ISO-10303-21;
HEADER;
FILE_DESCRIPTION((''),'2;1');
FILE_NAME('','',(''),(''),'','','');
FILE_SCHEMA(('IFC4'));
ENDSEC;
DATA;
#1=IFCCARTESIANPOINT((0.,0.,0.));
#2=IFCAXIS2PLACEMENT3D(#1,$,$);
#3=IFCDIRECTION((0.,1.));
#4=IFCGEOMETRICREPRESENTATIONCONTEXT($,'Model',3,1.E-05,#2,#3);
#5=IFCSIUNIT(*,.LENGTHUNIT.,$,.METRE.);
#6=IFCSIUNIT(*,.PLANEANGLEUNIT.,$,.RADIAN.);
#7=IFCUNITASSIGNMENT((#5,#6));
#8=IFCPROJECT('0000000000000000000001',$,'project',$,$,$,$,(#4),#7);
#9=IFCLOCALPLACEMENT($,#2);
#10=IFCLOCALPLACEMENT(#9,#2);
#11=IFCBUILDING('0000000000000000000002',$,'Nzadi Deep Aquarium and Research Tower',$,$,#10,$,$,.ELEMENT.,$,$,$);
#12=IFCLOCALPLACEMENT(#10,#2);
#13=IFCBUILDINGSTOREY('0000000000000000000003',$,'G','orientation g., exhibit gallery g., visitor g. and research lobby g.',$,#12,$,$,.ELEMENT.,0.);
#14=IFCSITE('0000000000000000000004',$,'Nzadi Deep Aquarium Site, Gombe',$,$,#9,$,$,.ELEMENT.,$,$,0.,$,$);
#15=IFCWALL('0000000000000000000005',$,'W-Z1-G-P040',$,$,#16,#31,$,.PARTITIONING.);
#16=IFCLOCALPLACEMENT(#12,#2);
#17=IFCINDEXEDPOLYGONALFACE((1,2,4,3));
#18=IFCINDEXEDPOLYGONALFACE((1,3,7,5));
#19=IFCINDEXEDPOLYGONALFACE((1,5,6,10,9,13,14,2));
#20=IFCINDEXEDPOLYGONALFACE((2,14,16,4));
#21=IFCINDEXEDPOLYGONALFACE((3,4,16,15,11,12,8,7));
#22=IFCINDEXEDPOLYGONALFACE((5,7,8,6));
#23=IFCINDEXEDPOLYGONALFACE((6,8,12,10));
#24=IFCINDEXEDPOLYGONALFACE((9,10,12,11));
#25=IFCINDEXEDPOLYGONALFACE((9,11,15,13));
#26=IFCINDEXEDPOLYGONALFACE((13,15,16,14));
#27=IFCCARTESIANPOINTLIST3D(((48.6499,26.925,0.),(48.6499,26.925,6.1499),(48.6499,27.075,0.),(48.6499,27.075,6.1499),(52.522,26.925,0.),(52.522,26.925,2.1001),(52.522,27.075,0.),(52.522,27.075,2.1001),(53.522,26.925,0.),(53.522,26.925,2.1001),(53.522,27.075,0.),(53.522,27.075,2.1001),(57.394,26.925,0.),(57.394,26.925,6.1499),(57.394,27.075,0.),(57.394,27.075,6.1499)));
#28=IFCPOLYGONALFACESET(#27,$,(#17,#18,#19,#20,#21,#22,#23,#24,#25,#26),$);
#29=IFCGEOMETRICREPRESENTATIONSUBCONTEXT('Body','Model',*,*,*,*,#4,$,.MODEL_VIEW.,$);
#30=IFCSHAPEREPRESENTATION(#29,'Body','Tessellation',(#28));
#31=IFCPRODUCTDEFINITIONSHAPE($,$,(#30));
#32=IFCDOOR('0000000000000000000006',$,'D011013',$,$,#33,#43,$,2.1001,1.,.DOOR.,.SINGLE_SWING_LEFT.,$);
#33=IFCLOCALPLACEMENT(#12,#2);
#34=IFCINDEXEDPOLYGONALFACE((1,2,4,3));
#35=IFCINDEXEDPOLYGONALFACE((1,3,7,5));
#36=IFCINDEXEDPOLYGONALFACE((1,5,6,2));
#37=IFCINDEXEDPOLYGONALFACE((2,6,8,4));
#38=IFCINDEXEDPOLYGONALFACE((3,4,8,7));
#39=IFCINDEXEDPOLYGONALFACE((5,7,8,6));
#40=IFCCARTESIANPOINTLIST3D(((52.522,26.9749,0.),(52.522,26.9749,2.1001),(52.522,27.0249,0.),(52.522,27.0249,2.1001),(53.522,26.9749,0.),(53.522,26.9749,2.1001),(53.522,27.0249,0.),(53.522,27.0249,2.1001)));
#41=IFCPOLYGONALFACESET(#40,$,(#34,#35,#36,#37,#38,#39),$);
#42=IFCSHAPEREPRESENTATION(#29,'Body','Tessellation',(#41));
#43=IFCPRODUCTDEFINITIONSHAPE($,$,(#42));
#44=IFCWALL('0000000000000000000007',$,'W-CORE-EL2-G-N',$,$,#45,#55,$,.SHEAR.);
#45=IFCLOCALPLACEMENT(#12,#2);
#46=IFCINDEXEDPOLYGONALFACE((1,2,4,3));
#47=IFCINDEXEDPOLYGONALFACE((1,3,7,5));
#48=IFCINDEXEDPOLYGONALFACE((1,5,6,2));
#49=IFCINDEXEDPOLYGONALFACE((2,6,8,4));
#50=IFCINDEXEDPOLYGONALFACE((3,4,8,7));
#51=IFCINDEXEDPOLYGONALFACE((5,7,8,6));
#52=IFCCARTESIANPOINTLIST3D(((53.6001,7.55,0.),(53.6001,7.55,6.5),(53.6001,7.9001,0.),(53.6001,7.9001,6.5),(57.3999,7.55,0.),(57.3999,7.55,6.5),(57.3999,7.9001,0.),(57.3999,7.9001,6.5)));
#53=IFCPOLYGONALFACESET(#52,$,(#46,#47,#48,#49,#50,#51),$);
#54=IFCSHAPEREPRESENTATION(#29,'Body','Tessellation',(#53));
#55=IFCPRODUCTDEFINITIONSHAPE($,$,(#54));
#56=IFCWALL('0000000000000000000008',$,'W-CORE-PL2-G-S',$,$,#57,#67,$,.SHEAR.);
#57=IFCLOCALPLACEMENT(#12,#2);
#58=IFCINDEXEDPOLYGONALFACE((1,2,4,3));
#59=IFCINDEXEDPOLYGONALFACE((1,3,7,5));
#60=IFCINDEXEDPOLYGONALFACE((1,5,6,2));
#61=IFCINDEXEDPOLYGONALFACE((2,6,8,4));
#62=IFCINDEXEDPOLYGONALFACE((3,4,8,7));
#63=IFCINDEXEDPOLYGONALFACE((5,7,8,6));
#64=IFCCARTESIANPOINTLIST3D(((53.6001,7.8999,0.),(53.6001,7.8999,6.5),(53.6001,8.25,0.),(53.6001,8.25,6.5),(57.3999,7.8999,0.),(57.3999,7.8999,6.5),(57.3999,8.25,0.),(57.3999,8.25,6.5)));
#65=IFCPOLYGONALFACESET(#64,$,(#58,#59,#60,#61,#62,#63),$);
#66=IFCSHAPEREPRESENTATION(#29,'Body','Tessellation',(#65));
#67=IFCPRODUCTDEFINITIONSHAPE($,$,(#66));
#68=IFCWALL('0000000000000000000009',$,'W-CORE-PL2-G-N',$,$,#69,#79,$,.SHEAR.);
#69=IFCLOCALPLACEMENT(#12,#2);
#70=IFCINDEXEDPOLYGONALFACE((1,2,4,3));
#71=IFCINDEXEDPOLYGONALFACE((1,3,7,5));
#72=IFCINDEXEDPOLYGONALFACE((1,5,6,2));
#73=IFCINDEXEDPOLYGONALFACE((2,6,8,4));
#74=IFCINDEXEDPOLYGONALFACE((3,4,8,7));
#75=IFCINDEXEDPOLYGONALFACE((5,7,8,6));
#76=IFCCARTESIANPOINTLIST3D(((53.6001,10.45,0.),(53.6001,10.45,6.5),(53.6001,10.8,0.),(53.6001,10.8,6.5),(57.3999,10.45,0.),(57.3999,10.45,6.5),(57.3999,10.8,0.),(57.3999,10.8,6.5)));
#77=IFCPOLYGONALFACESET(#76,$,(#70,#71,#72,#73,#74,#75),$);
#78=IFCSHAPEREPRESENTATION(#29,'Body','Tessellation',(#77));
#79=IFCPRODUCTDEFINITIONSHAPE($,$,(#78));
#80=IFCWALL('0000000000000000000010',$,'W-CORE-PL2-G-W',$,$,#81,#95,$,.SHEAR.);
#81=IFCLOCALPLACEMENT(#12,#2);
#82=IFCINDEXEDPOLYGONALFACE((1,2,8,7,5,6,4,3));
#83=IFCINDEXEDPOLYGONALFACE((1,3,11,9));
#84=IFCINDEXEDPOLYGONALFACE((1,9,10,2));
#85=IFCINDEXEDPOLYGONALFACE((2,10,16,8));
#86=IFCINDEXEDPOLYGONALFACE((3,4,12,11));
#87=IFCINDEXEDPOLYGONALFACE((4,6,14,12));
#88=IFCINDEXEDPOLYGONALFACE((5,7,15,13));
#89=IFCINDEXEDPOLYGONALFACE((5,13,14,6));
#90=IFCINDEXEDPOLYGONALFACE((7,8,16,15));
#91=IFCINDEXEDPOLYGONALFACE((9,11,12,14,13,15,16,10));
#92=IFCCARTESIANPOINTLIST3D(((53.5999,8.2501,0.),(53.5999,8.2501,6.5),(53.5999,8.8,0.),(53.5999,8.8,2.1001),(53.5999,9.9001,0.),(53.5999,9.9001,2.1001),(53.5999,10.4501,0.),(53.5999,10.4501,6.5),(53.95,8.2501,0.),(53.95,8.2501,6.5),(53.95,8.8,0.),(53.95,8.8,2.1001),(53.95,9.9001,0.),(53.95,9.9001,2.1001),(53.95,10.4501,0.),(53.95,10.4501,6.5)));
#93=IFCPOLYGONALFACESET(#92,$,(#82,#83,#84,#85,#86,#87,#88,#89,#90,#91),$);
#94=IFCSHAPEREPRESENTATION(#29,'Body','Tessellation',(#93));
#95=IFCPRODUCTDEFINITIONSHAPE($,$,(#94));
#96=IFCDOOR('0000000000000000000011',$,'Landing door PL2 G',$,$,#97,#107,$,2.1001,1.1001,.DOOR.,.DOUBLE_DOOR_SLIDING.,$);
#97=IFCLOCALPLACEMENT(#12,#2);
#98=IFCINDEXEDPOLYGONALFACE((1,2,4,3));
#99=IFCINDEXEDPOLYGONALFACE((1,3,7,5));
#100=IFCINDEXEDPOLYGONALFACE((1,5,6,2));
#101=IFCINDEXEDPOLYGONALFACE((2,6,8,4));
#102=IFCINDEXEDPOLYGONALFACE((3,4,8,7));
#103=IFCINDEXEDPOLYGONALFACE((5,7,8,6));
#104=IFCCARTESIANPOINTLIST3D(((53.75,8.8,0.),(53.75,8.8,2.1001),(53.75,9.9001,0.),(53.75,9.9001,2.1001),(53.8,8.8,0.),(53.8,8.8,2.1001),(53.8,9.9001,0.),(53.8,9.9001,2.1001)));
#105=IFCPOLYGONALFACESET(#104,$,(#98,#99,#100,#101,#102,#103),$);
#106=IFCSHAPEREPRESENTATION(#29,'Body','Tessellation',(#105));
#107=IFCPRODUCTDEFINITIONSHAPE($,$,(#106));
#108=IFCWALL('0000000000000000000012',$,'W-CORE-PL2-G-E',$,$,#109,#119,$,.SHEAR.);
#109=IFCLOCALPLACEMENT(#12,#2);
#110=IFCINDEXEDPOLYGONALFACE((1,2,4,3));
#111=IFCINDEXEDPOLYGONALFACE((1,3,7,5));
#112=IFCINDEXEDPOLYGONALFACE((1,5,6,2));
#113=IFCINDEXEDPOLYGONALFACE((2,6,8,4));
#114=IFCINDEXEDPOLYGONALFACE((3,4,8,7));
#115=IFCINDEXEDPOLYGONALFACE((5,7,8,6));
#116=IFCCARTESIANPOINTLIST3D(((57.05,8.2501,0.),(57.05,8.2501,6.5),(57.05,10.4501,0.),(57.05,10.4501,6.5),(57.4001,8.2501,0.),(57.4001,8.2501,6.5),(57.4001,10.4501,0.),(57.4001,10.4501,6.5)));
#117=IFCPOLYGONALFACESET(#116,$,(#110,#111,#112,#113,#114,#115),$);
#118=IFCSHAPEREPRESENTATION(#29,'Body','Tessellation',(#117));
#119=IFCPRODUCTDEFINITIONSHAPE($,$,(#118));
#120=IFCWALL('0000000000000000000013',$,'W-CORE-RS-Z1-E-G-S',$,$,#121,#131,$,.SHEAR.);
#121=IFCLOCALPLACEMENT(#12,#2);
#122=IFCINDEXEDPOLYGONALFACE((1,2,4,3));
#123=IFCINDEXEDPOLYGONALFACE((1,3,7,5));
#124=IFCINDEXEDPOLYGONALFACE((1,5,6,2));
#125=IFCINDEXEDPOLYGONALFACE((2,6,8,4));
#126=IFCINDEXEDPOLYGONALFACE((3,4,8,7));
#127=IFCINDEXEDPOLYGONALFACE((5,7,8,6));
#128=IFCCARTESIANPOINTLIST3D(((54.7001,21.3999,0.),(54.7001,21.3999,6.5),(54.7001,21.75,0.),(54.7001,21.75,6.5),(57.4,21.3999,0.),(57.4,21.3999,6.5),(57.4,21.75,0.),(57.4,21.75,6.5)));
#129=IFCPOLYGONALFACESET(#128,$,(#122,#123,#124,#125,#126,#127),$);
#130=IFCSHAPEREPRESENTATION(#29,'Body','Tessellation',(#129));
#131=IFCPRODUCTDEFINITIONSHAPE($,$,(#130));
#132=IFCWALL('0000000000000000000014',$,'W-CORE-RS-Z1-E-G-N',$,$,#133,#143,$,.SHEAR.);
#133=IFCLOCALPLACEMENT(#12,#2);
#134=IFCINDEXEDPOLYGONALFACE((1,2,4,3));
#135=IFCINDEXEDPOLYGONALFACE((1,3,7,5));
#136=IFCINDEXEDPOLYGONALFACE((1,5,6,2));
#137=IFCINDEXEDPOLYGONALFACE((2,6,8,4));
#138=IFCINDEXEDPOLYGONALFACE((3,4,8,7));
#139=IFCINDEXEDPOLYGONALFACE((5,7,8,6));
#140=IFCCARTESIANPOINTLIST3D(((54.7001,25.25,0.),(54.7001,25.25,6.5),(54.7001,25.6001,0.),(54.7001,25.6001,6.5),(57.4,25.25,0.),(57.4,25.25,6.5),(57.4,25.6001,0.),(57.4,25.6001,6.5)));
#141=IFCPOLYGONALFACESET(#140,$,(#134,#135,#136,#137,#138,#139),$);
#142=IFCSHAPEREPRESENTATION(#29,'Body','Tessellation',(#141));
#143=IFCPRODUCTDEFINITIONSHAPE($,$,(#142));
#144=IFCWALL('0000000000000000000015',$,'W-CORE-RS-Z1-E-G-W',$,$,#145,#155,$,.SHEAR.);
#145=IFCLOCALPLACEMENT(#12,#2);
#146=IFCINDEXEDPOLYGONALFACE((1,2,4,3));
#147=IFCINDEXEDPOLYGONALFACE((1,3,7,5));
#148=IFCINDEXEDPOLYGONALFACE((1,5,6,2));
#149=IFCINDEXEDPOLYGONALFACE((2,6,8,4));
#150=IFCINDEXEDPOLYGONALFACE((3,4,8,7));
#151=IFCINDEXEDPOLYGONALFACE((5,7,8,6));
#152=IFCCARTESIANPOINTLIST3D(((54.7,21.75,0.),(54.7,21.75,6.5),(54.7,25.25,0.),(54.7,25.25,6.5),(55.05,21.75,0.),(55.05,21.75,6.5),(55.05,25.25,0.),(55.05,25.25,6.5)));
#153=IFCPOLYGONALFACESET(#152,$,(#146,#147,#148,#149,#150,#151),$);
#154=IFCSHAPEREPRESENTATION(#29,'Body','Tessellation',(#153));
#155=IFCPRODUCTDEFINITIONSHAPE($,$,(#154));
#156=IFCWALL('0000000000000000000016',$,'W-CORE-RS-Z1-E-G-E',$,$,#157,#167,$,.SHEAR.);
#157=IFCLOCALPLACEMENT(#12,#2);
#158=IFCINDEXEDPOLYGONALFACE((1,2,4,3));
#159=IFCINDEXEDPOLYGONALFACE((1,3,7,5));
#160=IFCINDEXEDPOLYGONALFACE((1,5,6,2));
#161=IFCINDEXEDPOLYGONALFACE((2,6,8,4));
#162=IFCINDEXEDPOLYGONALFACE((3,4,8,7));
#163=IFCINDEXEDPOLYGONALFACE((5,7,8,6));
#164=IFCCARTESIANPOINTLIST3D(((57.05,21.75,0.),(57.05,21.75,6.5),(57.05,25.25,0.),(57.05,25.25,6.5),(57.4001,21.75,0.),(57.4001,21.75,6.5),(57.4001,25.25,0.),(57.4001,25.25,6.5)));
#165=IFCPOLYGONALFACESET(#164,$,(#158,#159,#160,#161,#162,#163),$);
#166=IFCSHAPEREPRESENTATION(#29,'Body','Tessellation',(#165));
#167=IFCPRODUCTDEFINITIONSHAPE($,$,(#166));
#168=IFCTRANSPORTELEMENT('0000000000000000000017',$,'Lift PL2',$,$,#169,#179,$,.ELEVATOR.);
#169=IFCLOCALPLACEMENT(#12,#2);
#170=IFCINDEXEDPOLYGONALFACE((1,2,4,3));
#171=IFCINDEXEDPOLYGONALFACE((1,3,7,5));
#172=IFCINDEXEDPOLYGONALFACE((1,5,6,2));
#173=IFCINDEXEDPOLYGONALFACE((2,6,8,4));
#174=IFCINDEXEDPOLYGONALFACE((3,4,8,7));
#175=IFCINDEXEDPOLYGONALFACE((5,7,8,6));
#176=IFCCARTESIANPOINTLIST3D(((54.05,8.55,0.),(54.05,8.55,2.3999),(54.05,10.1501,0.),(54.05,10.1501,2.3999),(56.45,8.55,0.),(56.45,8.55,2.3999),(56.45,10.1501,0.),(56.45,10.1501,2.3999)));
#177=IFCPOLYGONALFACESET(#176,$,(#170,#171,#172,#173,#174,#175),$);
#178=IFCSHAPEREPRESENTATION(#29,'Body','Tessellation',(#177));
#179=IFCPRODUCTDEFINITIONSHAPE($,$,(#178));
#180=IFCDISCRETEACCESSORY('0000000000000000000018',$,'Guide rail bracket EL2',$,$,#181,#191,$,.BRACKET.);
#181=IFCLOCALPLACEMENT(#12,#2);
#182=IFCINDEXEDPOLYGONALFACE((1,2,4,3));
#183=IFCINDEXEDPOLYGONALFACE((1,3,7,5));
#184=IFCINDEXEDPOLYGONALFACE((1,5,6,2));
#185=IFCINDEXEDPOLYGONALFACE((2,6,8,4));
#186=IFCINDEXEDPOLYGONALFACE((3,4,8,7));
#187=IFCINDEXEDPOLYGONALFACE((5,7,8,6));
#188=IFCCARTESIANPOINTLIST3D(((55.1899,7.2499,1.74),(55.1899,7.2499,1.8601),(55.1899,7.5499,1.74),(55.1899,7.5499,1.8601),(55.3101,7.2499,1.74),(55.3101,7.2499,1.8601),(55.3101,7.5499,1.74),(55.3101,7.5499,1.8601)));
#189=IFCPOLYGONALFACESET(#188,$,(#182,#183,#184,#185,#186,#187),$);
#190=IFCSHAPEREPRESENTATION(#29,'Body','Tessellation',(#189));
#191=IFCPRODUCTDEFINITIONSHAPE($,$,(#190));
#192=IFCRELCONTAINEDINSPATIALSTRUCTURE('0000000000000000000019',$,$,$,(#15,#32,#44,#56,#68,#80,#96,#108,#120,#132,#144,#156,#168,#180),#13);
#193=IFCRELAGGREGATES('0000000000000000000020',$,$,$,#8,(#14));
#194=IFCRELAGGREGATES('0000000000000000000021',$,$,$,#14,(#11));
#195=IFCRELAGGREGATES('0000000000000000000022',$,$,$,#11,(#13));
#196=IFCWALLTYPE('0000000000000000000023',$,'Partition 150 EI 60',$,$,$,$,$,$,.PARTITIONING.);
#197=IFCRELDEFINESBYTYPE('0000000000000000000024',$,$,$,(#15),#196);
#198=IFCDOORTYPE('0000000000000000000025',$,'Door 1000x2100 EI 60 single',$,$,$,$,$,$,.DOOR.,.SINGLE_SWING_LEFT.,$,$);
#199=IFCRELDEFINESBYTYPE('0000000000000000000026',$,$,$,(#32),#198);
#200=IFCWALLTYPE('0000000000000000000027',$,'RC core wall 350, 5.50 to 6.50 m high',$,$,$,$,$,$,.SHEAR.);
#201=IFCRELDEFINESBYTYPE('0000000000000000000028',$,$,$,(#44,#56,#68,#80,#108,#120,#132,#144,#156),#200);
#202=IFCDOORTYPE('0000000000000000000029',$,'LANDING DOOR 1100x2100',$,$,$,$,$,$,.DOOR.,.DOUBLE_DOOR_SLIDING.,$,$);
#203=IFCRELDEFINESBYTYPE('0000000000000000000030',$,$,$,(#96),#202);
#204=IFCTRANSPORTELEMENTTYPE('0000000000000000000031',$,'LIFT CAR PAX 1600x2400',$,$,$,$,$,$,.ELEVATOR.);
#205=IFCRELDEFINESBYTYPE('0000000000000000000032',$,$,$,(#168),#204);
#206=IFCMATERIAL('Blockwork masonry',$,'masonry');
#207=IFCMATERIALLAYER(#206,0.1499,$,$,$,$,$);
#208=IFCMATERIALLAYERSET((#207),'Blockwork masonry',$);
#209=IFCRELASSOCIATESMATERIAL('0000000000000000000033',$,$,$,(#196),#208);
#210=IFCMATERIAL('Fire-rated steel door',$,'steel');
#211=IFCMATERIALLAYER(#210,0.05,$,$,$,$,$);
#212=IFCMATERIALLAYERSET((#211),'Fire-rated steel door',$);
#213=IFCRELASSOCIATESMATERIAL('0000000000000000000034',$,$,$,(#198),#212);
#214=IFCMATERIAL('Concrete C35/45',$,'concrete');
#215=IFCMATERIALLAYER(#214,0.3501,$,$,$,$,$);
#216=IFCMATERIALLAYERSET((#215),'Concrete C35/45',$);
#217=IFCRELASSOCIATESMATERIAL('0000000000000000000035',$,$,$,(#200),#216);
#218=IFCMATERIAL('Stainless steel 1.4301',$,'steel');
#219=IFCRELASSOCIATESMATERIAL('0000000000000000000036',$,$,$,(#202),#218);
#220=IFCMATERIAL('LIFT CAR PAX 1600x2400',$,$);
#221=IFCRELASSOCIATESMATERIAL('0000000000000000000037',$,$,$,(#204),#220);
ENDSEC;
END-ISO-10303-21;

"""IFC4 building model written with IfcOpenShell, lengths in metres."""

from ifc_helpers import new_model, si_unit, direction, frame, frame_2d, origin, origin_2d, place, context, subcontext, project, spatial, rectangle, extrude, material, layer, layer_set, type_object, element, fill, save


model = new_model("IFC4")

# Units and contexts
model_context = context("Model", 3, precision=1e-05, world=origin(), true_north=direction((0.0, 1.0)))
body_context = subcontext(model_context, "Body", "Model", "MODEL_VIEW")
ifc_project = project(units=[si_unit("LENGTHUNIT", "METRE"), si_unit("PLANEANGLEUNIT", "RADIAN")], contexts=[model_context])

# Site, building, storey
site_placement = place(None, origin())
site = spatial("IfcSite", under=ifc_project, at=site_placement, Name="Nzadi Deep Aquarium Site, Gombe", CompositionType="ELEMENT", RefElevation=0.0)
building_placement = place(site_placement, origin())
building = spatial("IfcBuilding", under=site, at=building_placement, Name="Nzadi Deep Aquarium and Research Tower", CompositionType="ELEMENT")
storey_placement = place(building_placement, origin())
storey = spatial("IfcBuildingStorey", under=building, at=storey_placement, Name="G", Description="orientation g., exhibit gallery g., visitor g. and research lobby g.", CompositionType="ELEMENT", Elevation=0.0)

# Shared definitions
ifc_material_1 = material(Name="Blockwork masonry", Category="masonry")
ifc_layer_1 = layer(ifc_material_1, 0.1499)
ifc_layer_set_1 = layer_set([ifc_layer_1], Name="Blockwork masonry")
wall_type_1 = type_object("IfcWallType", Name="Partition 150 EI 60", PredefinedType="PARTITIONING", material=ifc_layer_set_1)

# Wall, opening, door
ifc_material_2 = material(Name="Fire-rated steel door", Category="steel")
ifc_layer_2 = layer(ifc_material_2, 0.05)
ifc_layer_set_2 = layer_set([ifc_layer_2], Name="Fire-rated steel door")
door_type_1 = type_object("IfcDoorType", Name="Door 1000x2100 EI 60 single", OperationType="SINGLE_SWING_LEFT", PredefinedType="DOOR", material=ifc_layer_set_2)
wall_1_placement = place(storey_placement, frame((48.6499, 27.0, 0.0), z_axis=(0.0, 0.0, 1.0), x_axis=(1.0, 0.0, 0.0)))
wall_1 = element("IfcWall", 1, at=wall_1_placement, inside=storey, type_object=wall_type_1, Name="W-Z1-G-P040", PredefinedType="PARTITIONING", context=body_context, shape_type="SweptSolid", body=[
    extrude(rectangle(XDim=8.7441, YDim=0.1499, at=frame_2d((4.3721, 0.0))), origin(), (0.0, 0.0, 1.0), 6.1499),
])
opening_1_placement = place(wall_1_placement, frame((3.8721, 0.0, 0.0)))
opening_1 = element("IfcOpeningElement", 2, at=opening_1_placement, cuts=wall_1, PredefinedType="OPENING", context=body_context, shape_type="SweptSolid", body=[
    extrude(rectangle(XDim=1.0, YDim=2.1001, at=frame_2d((0.5, 1.05))), frame((0.0, 0.085, 0.0), z_axis=(0.0, -1.0, 0.0), x_axis=(1.0, 0.0, 0.0)), (0.0, 0.0, 1.0), 0.1699),
])
door_1_placement = place(opening_1_placement, origin())
door_1 = element("IfcDoor", 3, at=door_1_placement, inside=storey, type_object=door_type_1, Name="D011013", OperationType="SINGLE_SWING_LEFT", OverallHeight=2.1001, OverallWidth=1.0, PredefinedType="DOOR", context=body_context, shape_type="SweptSolid", body=[
    extrude(rectangle(XDim=1.0, YDim=2.1001, at=frame_2d((0.5, 1.05))), frame((0.0, 0.0249, 0.0), z_axis=(0.0, -1.0, 0.0), x_axis=(1.0, 0.0, 0.0)), (0.0, 0.0, 1.0), 0.05),
])
fill(opening_1, door_1)

# Walls
ifc_material_3 = material(Name="Concrete C35/45", Category="concrete")
ifc_layer_3 = layer(ifc_material_3, 0.3501)
ifc_layer_set_3 = layer_set([ifc_layer_3], Name="Concrete C35/45")
wall_type_2 = type_object("IfcWallType", Name="RC core wall 350, 5.50 to 6.50 m high", PredefinedType="SHEAR", material=ifc_layer_set_3)
for number, where, z_axis, x_axis, name in (
    (4, (53.6001, 7.7251, 0.0), (0.0, 0.0, 1.0), (1.0, 0.0, 0.0), "W-CORE-EL2-G-N"),
    (5, (53.6001, 8.075, 0.0), (0.0, 0.0, 1.0), (1.0, 0.0, 0.0), "W-CORE-PL2-G-S"),
    (6, (53.6001, 10.625, 0.0), (0.0, 0.0, 1.0), (1.0, 0.0, 0.0), "W-CORE-PL2-G-N"),
):
    element("IfcWall", number, at=place(storey_placement, frame(where, z_axis=z_axis, x_axis=x_axis)), inside=storey, type_object=wall_type_2, Name=name, PredefinedType="SHEAR", context=body_context, shape_type="SweptSolid", body=[
        extrude(rectangle(XDim=3.7998, YDim=0.3501, at=frame_2d((1.8999, 0.0))), origin(), (0.0, 0.0, 1.0), 6.5),
    ])

# Wall, opening, door
wall_2_placement = place(storey_placement, frame((53.7749, 8.25, 0.0), z_axis=(0.0, 0.0, 1.0), x_axis=(0.0, 1.0, 0.0)))
wall_2 = element("IfcWall", 7, at=wall_2_placement, inside=storey, type_object=wall_type_2, Name="W-CORE-PL2-G-W", PredefinedType="SHEAR", context=body_context, shape_type="SweptSolid", body=[
    extrude(rectangle(XDim=2.2, YDim=0.3501, at=frame_2d((1.1001, 0.0))), origin(), (0.0, 0.0, 1.0), 6.5),
])
opening_2_placement = place(wall_2_placement, frame((0.55, 0.0, 0.0)))
opening_2 = element("IfcOpeningElement", 8, at=opening_2_placement, cuts=wall_2, PredefinedType="OPENING", context=body_context, shape_type="SweptSolid", body=[
    extrude(rectangle(XDim=1.1001, YDim=2.1001, at=frame_2d((0.55, 1.05))), frame((0.0, 0.1851, 0.0), z_axis=(0.0, -1.0, 0.0), x_axis=(1.0, 0.0, 0.0)), (0.0, 0.0, 1.0), 0.3701),
])
ifc_material_4 = material(Name="Stainless steel 1.4301", Category="steel")
door_type_2 = type_object("IfcDoorType", Name="LANDING DOOR 1100x2100", OperationType="DOUBLE_DOOR_SLIDING", PredefinedType="DOOR", material=ifc_material_4)
door_2_placement = place(opening_2_placement, origin())
door_2 = element("IfcDoor", 9, at=door_2_placement, inside=storey, type_object=door_type_2, Name="Landing door PL2 G", OperationType="DOUBLE_DOOR_SLIDING", OverallHeight=2.1001, OverallWidth=1.1001, PredefinedType="DOOR", context=body_context, shape_type="SweptSolid", body=[
    extrude(rectangle(XDim=1.1001, YDim=2.1001, at=frame_2d((0.55, 1.05))), frame((0.0, 0.0249, 0.0), z_axis=(0.0, -1.0, 0.0), x_axis=(1.0, 0.0, 0.0)), (0.0, 0.0, 1.0), 0.05),
])
fill(opening_2, door_2)

# Walls
wall_3_placement = place(storey_placement, frame((57.2251, 8.25, 0.0), z_axis=(0.0, 0.0, 1.0), x_axis=(0.0, 1.0, 0.0)))
element("IfcWall", 10, at=wall_3_placement, inside=storey, type_object=wall_type_2, Name="W-CORE-PL2-G-E", PredefinedType="SHEAR", context=body_context, shape_type="SweptSolid", body=[
    extrude(rectangle(XDim=2.2, YDim=0.3501, at=frame_2d((1.1001, 0.0))), origin(), (0.0, 0.0, 1.0), 6.5),
])
for number, where, z_axis, x_axis, name in (
    (11, (54.7, 21.575, 0.0), (0.0, 0.0, 1.0), (1.0, 0.0, 0.0), "W-CORE-RS-Z1-E-G-S"),
    (12, (54.7, 25.425, 0.0), (0.0, 0.0, 1.0), (1.0, 0.0, 0.0), "W-CORE-RS-Z1-E-G-N"),
):
    element("IfcWall", number, at=place(storey_placement, frame(where, z_axis=z_axis, x_axis=x_axis)), inside=storey, type_object=wall_type_2, Name=name, PredefinedType="SHEAR", context=body_context, shape_type="SweptSolid", body=[
        extrude(rectangle(XDim=2.7, YDim=0.3501, at=frame_2d((1.3501, 0.0))), origin(), (0.0, 0.0, 1.0), 6.5),
    ])
for number, where, z_axis, x_axis, name in (
    (13, (54.875, 21.75, 0.0), (0.0, 0.0, 1.0), (0.0, 1.0, 0.0), "W-CORE-RS-Z1-E-G-W"),
    (14, (57.2251, 21.75, 0.0), (0.0, 0.0, 1.0), (0.0, 1.0, 0.0), "W-CORE-RS-Z1-E-G-E"),
):
    element("IfcWall", number, at=place(storey_placement, frame(where, z_axis=z_axis, x_axis=x_axis)), inside=storey, type_object=wall_type_2, Name=name, PredefinedType="SHEAR", context=body_context, shape_type="SweptSolid", body=[
        extrude(rectangle(XDim=3.5, YDim=0.3501, at=frame_2d((1.75, 0.0))), origin(), (0.0, 0.0, 1.0), 6.5),
    ])

# Transport element
ifc_material_5 = material(Name="LIFT CAR PAX 1600x2400")
transport_element_type = type_object("IfcTransportElementType", Name="LIFT CAR PAX 1600x2400", PredefinedType="ELEVATOR", material=ifc_material_5)
transport_element_placement = place(storey_placement, frame((55.25, 9.3501, 0.0), z_axis=(0.0, 0.0, 1.0), x_axis=(1.0, 0.0, 0.0)))
element("IfcTransportElement", 15, at=transport_element_placement, inside=storey, type_object=transport_element_type, Name="Lift PL2", PredefinedType="ELEVATOR", context=body_context, shape_type="SweptSolid", body=[
    extrude(rectangle(XDim=2.3999, YDim=1.6001, at=origin_2d()), origin(), (0.0, 0.0, 1.0), 2.3999),
])

# Discrete accessory
for number, where, z_axis, x_axis, name in (
    (16, (55.25, 7.3999, 1.74), (0.0, 0.0, 1.0), (1.0, 0.0, 0.0), "Guide rail bracket EL2"),
):
    element("IfcDiscreteAccessory", number, at=place(storey_placement, frame(where, z_axis=z_axis, x_axis=x_axis)), inside=storey, Name=name, PredefinedType="BRACKET", context=body_context, shape_type="SweptSolid", body=[
        extrude(rectangle(XDim=0.1201, YDim=0.3, at=origin_2d()), origin(), (0.0, 0.0, 1.0), 0.1201),
    ])

save(model, "model.ifc")
